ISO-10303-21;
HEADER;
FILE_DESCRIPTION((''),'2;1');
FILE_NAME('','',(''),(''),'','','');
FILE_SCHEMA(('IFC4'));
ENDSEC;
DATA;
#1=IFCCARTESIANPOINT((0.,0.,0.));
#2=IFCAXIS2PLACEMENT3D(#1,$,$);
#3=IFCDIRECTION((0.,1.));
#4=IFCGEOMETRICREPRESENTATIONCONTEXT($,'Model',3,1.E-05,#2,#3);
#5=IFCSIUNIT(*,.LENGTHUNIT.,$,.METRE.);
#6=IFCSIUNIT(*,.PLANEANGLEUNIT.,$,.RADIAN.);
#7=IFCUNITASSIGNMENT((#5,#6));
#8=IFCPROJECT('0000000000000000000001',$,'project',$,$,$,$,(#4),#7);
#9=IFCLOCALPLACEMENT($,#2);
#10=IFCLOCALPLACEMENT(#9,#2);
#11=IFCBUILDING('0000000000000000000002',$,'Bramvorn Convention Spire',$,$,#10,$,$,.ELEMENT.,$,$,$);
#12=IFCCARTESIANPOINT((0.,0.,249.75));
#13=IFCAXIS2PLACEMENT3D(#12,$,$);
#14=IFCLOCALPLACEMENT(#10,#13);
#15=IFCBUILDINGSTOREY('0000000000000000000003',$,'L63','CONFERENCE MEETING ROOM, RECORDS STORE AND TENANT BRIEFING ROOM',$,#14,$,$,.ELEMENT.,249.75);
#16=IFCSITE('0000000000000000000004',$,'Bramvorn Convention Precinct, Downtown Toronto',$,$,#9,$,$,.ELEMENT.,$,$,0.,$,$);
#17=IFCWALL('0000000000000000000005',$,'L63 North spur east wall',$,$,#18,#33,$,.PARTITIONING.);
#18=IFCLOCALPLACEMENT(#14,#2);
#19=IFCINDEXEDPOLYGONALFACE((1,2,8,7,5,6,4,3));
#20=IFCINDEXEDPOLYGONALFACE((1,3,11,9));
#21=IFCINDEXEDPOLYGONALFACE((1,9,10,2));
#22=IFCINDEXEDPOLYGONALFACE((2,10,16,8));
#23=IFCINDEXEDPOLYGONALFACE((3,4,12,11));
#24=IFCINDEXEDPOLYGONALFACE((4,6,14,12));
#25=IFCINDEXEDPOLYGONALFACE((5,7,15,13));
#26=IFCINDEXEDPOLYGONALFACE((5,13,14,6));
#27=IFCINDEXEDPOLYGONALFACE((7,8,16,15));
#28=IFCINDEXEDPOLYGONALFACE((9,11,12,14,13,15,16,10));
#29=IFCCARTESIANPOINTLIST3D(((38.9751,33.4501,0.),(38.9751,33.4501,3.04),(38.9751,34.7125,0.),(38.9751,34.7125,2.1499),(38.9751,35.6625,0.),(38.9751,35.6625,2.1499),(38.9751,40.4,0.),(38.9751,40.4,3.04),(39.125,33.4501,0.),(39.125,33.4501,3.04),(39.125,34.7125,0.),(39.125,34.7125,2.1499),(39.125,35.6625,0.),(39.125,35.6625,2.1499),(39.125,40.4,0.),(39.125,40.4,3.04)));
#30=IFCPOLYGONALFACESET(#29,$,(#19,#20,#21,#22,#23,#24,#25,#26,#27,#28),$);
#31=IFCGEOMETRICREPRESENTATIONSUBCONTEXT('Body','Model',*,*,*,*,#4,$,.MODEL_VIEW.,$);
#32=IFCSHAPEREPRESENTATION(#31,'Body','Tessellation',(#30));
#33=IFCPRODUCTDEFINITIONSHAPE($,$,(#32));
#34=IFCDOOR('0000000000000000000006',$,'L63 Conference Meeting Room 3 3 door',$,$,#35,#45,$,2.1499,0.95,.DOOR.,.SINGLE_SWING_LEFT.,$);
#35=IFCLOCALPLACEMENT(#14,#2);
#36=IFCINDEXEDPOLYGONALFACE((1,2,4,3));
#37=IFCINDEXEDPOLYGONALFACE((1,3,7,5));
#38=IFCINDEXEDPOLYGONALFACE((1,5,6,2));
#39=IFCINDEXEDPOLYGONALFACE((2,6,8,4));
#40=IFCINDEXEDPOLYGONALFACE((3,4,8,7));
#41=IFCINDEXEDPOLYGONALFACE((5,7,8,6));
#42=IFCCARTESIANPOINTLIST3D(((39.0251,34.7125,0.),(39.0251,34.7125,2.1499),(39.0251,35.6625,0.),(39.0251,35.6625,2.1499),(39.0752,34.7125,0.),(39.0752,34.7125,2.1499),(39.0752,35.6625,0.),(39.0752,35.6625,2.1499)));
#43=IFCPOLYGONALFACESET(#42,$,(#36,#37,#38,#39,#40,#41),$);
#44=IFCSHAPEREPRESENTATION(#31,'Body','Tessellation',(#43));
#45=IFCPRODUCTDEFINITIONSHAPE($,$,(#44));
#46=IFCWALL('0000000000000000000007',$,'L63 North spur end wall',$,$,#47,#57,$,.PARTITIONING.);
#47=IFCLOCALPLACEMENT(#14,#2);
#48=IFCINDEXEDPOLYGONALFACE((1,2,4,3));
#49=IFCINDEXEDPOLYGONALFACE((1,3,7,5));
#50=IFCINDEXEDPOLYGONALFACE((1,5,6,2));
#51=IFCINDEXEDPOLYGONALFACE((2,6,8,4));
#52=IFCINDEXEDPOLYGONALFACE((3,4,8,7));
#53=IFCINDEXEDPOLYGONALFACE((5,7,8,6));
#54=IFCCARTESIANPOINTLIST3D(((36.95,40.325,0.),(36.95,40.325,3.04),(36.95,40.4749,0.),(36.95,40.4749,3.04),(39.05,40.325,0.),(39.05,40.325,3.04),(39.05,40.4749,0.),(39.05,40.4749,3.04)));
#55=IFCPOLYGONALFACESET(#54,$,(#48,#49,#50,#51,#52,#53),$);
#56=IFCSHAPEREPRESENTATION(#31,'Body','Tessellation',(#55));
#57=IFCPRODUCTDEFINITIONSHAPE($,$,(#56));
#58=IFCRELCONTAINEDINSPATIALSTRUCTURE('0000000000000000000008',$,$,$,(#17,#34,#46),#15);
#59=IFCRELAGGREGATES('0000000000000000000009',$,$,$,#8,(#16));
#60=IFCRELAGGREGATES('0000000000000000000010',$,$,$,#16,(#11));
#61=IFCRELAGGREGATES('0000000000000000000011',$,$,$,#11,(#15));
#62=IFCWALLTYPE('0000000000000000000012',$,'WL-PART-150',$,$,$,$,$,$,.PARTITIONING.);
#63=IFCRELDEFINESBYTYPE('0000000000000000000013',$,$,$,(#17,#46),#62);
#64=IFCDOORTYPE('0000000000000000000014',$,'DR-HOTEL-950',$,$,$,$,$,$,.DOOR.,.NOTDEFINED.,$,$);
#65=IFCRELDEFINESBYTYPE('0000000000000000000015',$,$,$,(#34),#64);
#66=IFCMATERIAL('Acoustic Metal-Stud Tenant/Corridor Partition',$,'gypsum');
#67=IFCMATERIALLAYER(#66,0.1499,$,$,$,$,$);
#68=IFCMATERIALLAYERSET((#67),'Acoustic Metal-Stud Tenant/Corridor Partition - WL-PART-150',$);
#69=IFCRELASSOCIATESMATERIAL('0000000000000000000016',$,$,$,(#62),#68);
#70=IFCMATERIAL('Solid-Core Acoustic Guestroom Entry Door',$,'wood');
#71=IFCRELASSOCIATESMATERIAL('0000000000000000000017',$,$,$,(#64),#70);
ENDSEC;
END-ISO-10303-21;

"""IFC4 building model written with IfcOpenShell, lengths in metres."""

from ifc_helpers import new_model, si_unit, direction, frame, frame_2d, origin, place, context, subcontext, project, spatial, rectangle, extrude, material, layer, layer_set, type_object, element, fill, save


model = new_model("IFC4")

# Units and contexts
model_context = context("Model", 3, precision=1e-05, world=origin(), true_north=direction((0.0, 1.0)))
body_context = subcontext(model_context, "Body", "Model", "MODEL_VIEW")
ifc_project = project(units=[si_unit("LENGTHUNIT", "METRE"), si_unit("PLANEANGLEUNIT", "RADIAN")], contexts=[model_context])

# Site, building, storey
site_placement = place(None, origin())
site = spatial("IfcSite", under=ifc_project, at=site_placement, Name="Bramvorn Convention Precinct, Downtown Toronto", CompositionType="ELEMENT", RefElevation=0.0)
building_placement = place(site_placement, origin())
building = spatial("IfcBuilding", under=site, at=building_placement, Name="Bramvorn Convention Spire", CompositionType="ELEMENT")
storey_placement = place(building_placement, frame((0.0, 0.0, 249.75)))
storey = spatial("IfcBuildingStorey", under=building, at=storey_placement, Name="L63", Description="CONFERENCE MEETING ROOM, RECORDS STORE AND TENANT BRIEFING ROOM", CompositionType="ELEMENT", Elevation=249.75)

# Shared definitions
ifc_material_1 = material(Name="Acoustic Metal-Stud Tenant/Corridor Partition", Category="gypsum")
ifc_layer_1 = layer(ifc_material_1, 0.1499)
ifc_layer_set_1 = layer_set([ifc_layer_1], Name="Acoustic Metal-Stud Tenant/Corridor Partition - WL-PART-150")
wall_type_1 = type_object("IfcWallType", Name="WL-PART-150", PredefinedType="PARTITIONING", material=ifc_layer_set_1)

# Wall, opening, door
wall_1_placement = place(storey_placement, frame((39.05, 33.45, 0.0), z_axis=(0.0, 0.0, 1.0), x_axis=(0.0, 1.0, 0.0)))
wall_1 = element("IfcWall", 1, at=wall_1_placement, inside=storey, type_object=wall_type_1, Name="L63 North spur east wall", PredefinedType="PARTITIONING", context=body_context, shape_type="SweptSolid", body=[
    extrude(rectangle(XDim=6.95, YDim=0.1499, at=frame_2d((3.4751, 0.0))), origin(), (0.0, 0.0, 1.0), 3.04),
])
opening_placement = place(wall_1_placement, frame((1.2625, 0.0, 0.0)))
opening = element("IfcOpeningElement", 2, at=opening_placement, cuts=wall_1, PredefinedType="OPENING", context=body_context, shape_type="SweptSolid", body=[
    extrude(rectangle(XDim=0.95, YDim=2.1499, at=frame_2d((0.4751, 1.075))), frame((0.0, 0.085, 0.0), z_axis=(0.0, -1.0, 0.0), x_axis=(1.0, 0.0, 0.0)), (0.0, 0.0, 1.0), 0.1699),
])
ifc_material_2 = material(Name="Solid-Core Acoustic Guestroom Entry Door", Category="wood")
door_type = type_object("IfcDoorType", Name="DR-HOTEL-950", OperationType="NOTDEFINED", PredefinedType="DOOR", material=ifc_material_2)
door_placement = place(opening_placement, origin())
door = element("IfcDoor", 3, at=door_placement, inside=storey, type_object=door_type, Name="L63 Conference Meeting Room 3 3 door", OperationType="SINGLE_SWING_LEFT", OverallHeight=2.1499, OverallWidth=0.95, PredefinedType="DOOR", context=body_context, shape_type="SweptSolid", body=[
    extrude(rectangle(XDim=0.95, YDim=2.1499, at=frame_2d((0.4751, 1.075))), frame((0.0, 0.0249, 0.0), z_axis=(0.0, -1.0, 0.0), x_axis=(1.0, 0.0, 0.0)), (0.0, 0.0, 1.0), 0.05),
])
fill(opening, door)

# Wall
wall_2_placement = place(storey_placement, frame((36.95, 40.3999, 0.0), z_axis=(0.0, 0.0, 1.0), x_axis=(1.0, 0.0, 0.0)))
element("IfcWall", 4, at=wall_2_placement, inside=storey, type_object=wall_type_1, Name="L63 North spur end wall", PredefinedType="PARTITIONING", context=body_context, shape_type="SweptSolid", body=[
    extrude(rectangle(XDim=2.1001, YDim=0.1499, at=frame_2d((1.05, 0.0))), origin(), (0.0, 0.0, 1.0), 3.04),
])

save(model, "model.ifc")
